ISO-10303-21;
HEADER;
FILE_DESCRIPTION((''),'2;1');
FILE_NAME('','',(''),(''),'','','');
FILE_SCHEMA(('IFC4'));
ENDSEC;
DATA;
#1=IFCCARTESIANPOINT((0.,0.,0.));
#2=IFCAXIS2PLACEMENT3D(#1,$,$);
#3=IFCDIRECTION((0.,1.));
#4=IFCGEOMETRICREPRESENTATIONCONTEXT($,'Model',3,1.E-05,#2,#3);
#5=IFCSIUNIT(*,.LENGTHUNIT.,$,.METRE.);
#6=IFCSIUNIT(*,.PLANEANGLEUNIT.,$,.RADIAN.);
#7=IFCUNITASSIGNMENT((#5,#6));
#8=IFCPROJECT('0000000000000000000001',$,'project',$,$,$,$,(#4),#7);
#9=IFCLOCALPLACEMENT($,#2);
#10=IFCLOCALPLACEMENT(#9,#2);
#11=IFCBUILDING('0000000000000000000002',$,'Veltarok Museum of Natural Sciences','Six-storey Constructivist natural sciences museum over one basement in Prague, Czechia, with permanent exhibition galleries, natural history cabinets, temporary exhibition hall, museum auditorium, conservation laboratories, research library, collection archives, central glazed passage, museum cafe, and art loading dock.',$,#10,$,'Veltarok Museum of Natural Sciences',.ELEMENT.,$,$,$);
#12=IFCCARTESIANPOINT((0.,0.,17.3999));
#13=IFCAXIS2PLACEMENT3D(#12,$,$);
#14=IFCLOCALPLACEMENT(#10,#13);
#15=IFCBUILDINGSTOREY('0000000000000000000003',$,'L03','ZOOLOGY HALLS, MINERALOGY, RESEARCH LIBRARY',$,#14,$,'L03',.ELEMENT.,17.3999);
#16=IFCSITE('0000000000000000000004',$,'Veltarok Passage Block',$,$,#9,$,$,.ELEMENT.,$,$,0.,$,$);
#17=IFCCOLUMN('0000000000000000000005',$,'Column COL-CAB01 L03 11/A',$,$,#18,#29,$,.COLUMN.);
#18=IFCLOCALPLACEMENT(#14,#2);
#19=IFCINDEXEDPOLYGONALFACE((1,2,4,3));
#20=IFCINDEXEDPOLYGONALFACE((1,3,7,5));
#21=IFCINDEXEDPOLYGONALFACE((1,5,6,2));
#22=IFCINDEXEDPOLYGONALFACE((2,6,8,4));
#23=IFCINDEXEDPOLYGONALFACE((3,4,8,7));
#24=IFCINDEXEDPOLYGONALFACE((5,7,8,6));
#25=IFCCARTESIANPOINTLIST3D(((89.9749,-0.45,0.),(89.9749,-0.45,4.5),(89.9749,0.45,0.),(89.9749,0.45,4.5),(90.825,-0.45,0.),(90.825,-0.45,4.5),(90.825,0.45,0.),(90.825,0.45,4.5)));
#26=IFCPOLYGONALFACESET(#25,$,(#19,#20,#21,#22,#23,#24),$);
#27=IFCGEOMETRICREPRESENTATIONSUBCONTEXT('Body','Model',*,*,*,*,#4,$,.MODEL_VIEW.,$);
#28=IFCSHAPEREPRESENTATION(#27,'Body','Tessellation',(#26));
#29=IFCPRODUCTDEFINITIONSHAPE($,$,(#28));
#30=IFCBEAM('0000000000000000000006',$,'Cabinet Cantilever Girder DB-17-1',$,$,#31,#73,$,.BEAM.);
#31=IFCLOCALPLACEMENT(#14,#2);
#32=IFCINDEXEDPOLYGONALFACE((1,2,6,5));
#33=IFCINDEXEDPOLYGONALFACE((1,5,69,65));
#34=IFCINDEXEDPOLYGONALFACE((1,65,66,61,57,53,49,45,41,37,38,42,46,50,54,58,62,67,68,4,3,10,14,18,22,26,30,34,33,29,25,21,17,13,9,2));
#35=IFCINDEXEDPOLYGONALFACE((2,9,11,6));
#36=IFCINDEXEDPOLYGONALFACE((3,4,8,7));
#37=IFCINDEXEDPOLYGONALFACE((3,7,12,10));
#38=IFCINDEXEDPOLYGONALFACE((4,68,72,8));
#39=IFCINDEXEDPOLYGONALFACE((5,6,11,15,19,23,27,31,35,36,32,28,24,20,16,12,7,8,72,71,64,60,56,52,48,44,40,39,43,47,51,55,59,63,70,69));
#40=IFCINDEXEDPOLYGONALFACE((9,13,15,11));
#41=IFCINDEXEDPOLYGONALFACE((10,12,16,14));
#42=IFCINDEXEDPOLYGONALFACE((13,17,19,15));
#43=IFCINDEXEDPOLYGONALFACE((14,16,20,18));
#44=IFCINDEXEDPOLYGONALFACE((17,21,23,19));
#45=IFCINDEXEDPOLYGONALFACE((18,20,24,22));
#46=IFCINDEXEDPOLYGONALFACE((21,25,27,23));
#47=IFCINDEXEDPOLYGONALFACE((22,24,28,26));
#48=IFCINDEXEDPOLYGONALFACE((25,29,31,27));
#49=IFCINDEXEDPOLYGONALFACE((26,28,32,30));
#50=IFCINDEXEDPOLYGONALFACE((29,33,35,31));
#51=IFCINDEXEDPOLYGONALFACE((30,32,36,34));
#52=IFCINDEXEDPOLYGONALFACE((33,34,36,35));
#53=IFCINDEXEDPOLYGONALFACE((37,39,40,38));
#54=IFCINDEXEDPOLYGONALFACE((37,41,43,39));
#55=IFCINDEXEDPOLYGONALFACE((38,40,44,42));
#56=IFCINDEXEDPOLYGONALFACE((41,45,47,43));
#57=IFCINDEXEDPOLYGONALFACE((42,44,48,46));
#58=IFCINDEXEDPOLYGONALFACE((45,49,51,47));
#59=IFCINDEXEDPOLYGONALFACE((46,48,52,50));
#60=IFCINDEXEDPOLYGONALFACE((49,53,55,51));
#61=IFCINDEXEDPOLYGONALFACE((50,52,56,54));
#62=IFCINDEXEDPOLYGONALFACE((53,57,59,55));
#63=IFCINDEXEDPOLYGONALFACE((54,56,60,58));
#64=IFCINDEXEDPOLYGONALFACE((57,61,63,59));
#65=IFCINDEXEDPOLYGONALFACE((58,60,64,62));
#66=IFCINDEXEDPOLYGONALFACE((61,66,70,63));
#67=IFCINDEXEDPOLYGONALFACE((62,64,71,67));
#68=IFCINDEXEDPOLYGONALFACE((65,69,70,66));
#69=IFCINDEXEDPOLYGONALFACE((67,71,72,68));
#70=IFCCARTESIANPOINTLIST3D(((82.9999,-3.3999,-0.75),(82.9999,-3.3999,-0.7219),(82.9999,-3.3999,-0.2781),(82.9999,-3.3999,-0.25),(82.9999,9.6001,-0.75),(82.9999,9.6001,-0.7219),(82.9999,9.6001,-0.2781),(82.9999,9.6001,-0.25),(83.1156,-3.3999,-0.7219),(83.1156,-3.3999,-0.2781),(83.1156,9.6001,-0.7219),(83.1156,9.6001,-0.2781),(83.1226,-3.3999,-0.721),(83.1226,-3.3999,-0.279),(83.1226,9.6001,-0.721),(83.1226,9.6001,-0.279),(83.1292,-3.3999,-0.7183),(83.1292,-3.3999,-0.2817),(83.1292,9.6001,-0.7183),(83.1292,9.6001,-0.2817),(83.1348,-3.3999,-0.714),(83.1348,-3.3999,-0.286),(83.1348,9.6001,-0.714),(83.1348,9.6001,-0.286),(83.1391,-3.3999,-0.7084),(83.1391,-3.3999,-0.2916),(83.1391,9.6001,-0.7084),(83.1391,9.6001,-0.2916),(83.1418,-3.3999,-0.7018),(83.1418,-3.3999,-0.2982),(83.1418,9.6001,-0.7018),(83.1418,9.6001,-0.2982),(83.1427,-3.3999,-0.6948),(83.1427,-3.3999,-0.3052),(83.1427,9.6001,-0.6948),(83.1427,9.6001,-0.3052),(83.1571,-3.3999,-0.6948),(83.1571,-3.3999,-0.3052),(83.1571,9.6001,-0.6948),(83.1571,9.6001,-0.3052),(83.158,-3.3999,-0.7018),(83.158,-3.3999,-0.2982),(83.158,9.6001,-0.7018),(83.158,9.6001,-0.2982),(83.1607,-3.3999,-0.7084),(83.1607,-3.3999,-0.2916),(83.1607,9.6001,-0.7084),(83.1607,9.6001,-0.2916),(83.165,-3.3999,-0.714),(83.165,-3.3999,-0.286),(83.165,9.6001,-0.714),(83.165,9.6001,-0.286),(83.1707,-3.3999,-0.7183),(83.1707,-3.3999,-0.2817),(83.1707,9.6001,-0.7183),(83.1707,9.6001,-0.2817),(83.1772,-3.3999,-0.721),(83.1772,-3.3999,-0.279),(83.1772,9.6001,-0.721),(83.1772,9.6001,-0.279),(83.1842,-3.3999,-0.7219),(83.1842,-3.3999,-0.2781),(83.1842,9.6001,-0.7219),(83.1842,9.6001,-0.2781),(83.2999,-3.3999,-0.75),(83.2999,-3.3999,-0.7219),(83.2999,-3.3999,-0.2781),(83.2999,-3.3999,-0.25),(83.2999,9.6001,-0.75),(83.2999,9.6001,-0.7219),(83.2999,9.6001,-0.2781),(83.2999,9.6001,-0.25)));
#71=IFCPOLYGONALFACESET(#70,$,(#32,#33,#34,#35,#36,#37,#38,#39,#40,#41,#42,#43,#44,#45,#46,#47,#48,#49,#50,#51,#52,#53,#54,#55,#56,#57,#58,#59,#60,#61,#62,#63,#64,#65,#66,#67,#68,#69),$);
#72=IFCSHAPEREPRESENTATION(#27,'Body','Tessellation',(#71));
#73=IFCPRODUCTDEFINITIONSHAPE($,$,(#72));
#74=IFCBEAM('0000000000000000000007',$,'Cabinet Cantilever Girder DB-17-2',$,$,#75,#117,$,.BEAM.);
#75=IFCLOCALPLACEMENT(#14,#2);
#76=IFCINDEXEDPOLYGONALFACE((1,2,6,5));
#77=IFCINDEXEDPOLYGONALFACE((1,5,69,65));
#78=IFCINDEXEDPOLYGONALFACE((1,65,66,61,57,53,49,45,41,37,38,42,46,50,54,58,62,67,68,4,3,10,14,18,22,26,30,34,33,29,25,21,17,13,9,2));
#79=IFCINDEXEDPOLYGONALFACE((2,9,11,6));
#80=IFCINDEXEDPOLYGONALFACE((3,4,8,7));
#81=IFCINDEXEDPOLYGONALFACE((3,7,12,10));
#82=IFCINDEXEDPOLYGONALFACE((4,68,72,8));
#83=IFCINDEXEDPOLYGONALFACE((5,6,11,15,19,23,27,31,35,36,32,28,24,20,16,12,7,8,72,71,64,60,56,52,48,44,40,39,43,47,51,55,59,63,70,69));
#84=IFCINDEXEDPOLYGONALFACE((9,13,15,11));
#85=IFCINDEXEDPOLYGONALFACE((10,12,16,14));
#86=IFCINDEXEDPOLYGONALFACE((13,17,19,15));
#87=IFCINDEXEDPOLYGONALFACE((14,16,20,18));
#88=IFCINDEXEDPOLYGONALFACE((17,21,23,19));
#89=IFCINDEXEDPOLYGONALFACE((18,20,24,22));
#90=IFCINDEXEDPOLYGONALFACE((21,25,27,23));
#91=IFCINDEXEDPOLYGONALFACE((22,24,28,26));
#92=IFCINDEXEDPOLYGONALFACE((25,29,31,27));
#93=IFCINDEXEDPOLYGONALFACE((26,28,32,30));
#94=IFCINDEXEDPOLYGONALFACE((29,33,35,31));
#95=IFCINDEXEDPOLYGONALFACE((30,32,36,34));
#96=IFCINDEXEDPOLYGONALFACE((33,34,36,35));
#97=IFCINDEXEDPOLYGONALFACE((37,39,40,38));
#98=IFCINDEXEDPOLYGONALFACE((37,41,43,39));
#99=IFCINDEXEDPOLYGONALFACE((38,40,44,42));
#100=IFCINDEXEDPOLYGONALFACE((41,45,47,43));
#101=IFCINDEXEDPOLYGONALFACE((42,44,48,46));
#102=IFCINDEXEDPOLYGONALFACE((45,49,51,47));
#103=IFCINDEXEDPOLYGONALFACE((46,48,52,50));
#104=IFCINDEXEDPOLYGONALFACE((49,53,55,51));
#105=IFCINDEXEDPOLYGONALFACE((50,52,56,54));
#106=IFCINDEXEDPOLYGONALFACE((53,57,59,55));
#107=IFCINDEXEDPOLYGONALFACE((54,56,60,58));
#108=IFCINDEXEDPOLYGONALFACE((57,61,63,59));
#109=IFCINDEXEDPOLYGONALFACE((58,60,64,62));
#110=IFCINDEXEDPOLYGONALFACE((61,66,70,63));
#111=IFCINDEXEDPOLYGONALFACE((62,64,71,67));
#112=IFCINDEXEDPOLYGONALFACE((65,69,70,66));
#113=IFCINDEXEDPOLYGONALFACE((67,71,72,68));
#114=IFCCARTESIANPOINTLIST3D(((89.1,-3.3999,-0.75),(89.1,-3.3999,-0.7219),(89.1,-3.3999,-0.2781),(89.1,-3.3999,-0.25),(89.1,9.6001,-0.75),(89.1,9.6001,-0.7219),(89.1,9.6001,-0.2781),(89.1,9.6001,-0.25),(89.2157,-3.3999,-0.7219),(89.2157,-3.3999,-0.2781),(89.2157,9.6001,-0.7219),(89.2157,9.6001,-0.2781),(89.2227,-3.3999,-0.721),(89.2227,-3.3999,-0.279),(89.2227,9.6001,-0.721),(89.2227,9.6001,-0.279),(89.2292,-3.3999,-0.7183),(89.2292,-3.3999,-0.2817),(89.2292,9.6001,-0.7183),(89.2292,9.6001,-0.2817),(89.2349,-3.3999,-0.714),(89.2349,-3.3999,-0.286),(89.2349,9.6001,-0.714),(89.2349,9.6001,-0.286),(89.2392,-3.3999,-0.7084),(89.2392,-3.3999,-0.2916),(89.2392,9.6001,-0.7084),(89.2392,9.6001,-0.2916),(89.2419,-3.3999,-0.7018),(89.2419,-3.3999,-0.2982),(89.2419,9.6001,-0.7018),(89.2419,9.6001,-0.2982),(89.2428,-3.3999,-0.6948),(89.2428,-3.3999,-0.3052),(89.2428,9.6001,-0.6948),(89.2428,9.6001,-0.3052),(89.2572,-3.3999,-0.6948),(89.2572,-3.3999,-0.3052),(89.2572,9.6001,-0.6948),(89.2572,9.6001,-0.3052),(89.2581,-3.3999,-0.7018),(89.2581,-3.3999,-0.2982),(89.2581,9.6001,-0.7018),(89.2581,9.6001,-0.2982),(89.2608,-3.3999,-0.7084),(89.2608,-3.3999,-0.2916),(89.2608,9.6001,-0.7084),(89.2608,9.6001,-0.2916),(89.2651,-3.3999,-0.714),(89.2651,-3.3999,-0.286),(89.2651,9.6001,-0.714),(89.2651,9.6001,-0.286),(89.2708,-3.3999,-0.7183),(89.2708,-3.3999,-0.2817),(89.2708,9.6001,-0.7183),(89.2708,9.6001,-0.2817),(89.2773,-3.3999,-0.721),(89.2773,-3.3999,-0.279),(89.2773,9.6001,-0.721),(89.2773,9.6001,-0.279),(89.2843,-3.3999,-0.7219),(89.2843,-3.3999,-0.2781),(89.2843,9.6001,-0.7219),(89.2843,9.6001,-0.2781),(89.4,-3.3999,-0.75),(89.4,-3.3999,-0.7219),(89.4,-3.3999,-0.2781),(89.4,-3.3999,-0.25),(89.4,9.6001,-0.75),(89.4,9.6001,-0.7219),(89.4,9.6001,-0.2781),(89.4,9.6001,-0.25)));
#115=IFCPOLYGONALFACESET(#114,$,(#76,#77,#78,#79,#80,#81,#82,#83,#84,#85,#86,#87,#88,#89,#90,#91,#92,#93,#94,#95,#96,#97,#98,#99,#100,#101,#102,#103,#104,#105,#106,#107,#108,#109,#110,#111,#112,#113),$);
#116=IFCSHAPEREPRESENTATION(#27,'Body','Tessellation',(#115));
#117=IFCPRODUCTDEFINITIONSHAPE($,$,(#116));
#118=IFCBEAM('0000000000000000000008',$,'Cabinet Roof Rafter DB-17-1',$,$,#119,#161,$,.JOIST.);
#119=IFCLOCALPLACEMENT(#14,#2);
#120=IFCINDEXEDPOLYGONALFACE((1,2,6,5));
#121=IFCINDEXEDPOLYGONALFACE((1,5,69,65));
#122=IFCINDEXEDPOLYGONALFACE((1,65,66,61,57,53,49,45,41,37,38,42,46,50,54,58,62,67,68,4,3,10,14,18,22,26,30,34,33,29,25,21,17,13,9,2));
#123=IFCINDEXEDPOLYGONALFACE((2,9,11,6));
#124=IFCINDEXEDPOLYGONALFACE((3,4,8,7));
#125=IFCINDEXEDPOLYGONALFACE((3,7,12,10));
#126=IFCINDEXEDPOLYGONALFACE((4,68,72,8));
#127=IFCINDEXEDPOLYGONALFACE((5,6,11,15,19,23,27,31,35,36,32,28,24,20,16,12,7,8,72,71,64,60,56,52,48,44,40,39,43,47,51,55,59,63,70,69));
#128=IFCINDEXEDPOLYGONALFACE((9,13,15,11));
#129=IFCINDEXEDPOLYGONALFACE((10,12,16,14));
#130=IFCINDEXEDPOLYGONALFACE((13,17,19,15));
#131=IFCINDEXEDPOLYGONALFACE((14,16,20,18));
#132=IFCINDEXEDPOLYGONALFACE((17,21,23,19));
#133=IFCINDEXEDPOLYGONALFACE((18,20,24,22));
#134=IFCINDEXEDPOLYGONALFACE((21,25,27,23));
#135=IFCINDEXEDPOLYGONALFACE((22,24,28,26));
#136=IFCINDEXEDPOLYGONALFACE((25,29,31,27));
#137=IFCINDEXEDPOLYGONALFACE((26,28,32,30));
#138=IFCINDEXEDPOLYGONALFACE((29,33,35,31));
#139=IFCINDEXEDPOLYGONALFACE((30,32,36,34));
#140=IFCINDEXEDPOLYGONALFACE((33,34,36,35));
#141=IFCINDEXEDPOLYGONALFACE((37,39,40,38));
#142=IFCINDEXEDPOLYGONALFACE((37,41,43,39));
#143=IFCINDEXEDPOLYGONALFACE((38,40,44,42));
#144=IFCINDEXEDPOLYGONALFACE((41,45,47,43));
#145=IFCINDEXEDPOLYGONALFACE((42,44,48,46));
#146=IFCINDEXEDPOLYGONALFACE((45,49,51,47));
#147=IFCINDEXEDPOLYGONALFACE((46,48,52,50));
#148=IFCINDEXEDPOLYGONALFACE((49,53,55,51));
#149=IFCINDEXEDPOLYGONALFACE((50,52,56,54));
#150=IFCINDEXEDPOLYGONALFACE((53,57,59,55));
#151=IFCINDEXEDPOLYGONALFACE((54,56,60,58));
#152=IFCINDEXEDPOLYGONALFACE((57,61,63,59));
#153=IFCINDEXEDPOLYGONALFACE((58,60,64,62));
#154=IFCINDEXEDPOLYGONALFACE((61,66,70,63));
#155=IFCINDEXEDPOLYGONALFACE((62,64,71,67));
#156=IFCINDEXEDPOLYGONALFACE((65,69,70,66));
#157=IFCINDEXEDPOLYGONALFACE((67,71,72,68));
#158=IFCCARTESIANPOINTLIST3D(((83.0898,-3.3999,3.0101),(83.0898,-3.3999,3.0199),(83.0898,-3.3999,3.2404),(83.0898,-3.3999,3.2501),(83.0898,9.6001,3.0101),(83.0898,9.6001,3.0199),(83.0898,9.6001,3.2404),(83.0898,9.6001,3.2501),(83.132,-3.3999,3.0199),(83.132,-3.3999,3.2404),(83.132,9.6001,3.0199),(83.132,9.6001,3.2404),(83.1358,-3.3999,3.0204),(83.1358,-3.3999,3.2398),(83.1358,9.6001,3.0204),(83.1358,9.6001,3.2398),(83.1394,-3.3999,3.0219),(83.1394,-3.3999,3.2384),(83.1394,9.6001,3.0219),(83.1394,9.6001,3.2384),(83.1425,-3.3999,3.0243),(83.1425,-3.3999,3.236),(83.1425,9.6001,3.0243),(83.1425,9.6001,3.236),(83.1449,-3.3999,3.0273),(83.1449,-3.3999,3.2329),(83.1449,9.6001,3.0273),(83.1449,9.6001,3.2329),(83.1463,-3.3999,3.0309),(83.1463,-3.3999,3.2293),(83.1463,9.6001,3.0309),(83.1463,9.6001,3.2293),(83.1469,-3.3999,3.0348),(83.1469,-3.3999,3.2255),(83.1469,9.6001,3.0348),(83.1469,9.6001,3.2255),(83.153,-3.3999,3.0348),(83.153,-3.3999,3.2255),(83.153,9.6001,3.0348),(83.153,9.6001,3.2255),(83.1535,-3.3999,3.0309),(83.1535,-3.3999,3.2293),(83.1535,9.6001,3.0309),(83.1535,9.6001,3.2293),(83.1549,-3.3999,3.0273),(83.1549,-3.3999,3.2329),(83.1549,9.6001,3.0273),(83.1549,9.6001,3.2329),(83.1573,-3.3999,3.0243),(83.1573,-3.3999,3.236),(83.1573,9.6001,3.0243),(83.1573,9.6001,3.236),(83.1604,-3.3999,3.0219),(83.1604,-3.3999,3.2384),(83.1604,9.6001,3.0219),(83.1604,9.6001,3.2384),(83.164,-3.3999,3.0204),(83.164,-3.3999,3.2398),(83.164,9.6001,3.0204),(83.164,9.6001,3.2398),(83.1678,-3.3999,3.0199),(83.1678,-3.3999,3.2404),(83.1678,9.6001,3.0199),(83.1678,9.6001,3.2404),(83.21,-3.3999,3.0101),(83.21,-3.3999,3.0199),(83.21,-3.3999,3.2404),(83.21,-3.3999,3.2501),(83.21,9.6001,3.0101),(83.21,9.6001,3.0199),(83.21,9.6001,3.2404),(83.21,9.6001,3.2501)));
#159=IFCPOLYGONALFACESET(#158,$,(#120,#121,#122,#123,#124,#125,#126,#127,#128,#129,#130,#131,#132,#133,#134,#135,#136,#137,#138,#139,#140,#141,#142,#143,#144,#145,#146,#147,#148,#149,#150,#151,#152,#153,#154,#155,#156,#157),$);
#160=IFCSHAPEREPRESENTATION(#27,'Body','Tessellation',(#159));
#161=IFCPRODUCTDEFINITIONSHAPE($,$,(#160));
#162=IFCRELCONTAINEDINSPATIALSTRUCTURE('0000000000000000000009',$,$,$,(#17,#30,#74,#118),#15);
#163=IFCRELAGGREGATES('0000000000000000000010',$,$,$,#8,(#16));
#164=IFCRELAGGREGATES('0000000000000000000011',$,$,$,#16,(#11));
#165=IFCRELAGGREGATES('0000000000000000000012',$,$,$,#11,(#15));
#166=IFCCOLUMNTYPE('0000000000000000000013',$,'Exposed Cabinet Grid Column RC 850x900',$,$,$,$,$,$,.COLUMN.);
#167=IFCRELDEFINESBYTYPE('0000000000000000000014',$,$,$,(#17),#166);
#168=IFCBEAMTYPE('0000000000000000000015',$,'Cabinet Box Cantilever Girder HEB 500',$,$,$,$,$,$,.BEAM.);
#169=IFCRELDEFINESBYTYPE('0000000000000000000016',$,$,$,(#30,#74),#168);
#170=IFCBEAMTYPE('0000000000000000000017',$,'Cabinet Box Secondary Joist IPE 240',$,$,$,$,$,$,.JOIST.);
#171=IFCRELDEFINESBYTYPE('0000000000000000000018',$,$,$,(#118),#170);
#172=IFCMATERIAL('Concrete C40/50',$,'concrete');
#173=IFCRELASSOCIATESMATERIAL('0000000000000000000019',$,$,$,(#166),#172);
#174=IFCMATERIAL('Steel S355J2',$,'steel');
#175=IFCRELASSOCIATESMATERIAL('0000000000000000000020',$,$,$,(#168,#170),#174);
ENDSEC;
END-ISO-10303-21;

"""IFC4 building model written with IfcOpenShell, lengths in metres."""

from ifc_helpers import new_model, si_unit, direction, frame, origin, origin_2d, place, context, subcontext, project, spatial, rectangle, i_section, extrude, material, material_profile, profile_set, type_object, element, save


model = new_model("IFC4")

# Units and contexts
model_context = context("Model", 3, precision=1e-05, world=origin(), true_north=direction((0.0, 1.0)))
body_context = subcontext(model_context, "Body", "Model", "MODEL_VIEW")
ifc_project = project(units=[si_unit("LENGTHUNIT", "METRE"), si_unit("PLANEANGLEUNIT", "RADIAN")], contexts=[model_context])

# Site, building, storey
site_placement = place(None, origin())
site = spatial("IfcSite", under=ifc_project, at=site_placement, Name="Veltarok Passage Block", CompositionType="ELEMENT", RefElevation=0.0)
building_placement = place(site_placement, origin())
building = spatial("IfcBuilding", under=site, at=building_placement, Name="Veltarok Museum of Natural Sciences", Description="Six-storey Constructivist natural sciences museum over one basement in Prague, Czechia, with permanent exhibition galleries, natural history cabinets, temporary exhibition hall, museum auditorium, conservation laboratories, research library, collection archives, central glazed passage, museum cafe, and art loading dock.", LongName="Veltarok Museum of Natural Sciences", CompositionType="ELEMENT")
storey_placement = place(building_placement, frame((0.0, 0.0, 17.3999)))
storey = spatial("IfcBuildingStorey", under=building, at=storey_placement, Name="L03", Description="ZOOLOGY HALLS, MINERALOGY, RESEARCH LIBRARY", LongName="L03", CompositionType="ELEMENT", Elevation=17.3999)

# Column
ifc_material_1 = material(Name="Concrete C40/50", Category="concrete")
ifc_material_profile_1 = material_profile(ifc_material_1, rectangle(XDim=0.8501, YDim=0.8999, at=origin_2d()), Name="RC 850x900")
ifc_profile_set_1 = profile_set([ifc_material_profile_1], Name="Concrete C40/50")
column_type = type_object("IfcColumnType", Name="Exposed Cabinet Grid Column RC 850x900", PredefinedType="COLUMN", material=ifc_profile_set_1)
column_placement = place(storey_placement, frame((90.3999, 0.0, 0.0), z_axis=(0.0, 0.0, 1.0), x_axis=(1.0, 0.0, 0.0)))
element("IfcColumn", 1, at=column_placement, inside=storey, type_object=column_type, Name="Column COL-CAB01 L03 11/A", PredefinedType="COLUMN", context=body_context, shape_type="SweptSolid", body=[
    extrude(rectangle(XDim=0.8501, YDim=0.8999, at=origin_2d()), origin(), (0.0, 0.0, 1.0), 4.5),
])

# Beams
ifc_material_2 = material(Name="Steel S355J2", Category="steel")
ifc_material_profile_2 = material_profile(ifc_material_2, i_section(OverallWidth=0.3, OverallDepth=0.5, WebThickness=0.0144, FlangeThickness=0.0281, FilletRadius=0.0271, at=origin_2d()), Name="HEB 500")
ifc_profile_set_2 = profile_set([ifc_material_profile_2], Name="Steel S355J2")
beam_type_1 = type_object("IfcBeamType", Name="Cabinet Box Cantilever Girder HEB 500", PredefinedType="BEAM", material=ifc_profile_set_2)
for number, where, z_axis, x_axis, name in (
    (2, (83.1499, -3.3999, -0.5), (0.0, 1.0, 0.0), (-1.0, 0.0, 0.0), "Cabinet Cantilever Girder DB-17-1"),
    (3, (89.25, -3.3999, -0.5), (0.0, 1.0, 0.0), (-1.0, 0.0, 0.0), "Cabinet Cantilever Girder DB-17-2"),
):
    element("IfcBeam", number, at=place(storey_placement, frame(where, z_axis=z_axis, x_axis=x_axis)), inside=storey, type_object=beam_type_1, Name=name, PredefinedType="BEAM", context=body_context, shape_type="SweptSolid", body=[
        extrude(i_section(OverallWidth=0.3, OverallDepth=0.5, WebThickness=0.0144, FlangeThickness=0.0281, FilletRadius=0.0271, at=origin_2d()), origin(), (0.0, 0.0, 1.0), 13.0),
    ])
ifc_material_profile_3 = material_profile(ifc_material_2, i_section(OverallWidth=0.1201, OverallDepth=0.24, WebThickness=0.0061, FlangeThickness=0.0098, FilletRadius=0.0149, at=origin_2d()), Name="IPE 240")
ifc_profile_set_3 = profile_set([ifc_material_profile_3], Name="Steel S355J2")
beam_type_2 = type_object("IfcBeamType", Name="Cabinet Box Secondary Joist IPE 240", PredefinedType="JOIST", material=ifc_profile_set_3)
for number, where, z_axis, x_axis, name in (
    (4, (83.1499, -3.3999, 3.1301), (0.0, 1.0, 0.0), (-1.0, 0.0, 0.0), "Cabinet Roof Rafter DB-17-1"),
):
    element("IfcBeam", number, at=place(storey_placement, frame(where, z_axis=z_axis, x_axis=x_axis)), inside=storey, type_object=beam_type_2, Name=name, PredefinedType="JOIST", context=body_context, shape_type="SweptSolid", body=[
        extrude(i_section(OverallWidth=0.1201, OverallDepth=0.24, WebThickness=0.0061, FlangeThickness=0.0098, FilletRadius=0.0149, at=origin_2d()), origin(), (0.0, 0.0, 1.0), 13.0),
    ])

save(model, "model.ifc")
